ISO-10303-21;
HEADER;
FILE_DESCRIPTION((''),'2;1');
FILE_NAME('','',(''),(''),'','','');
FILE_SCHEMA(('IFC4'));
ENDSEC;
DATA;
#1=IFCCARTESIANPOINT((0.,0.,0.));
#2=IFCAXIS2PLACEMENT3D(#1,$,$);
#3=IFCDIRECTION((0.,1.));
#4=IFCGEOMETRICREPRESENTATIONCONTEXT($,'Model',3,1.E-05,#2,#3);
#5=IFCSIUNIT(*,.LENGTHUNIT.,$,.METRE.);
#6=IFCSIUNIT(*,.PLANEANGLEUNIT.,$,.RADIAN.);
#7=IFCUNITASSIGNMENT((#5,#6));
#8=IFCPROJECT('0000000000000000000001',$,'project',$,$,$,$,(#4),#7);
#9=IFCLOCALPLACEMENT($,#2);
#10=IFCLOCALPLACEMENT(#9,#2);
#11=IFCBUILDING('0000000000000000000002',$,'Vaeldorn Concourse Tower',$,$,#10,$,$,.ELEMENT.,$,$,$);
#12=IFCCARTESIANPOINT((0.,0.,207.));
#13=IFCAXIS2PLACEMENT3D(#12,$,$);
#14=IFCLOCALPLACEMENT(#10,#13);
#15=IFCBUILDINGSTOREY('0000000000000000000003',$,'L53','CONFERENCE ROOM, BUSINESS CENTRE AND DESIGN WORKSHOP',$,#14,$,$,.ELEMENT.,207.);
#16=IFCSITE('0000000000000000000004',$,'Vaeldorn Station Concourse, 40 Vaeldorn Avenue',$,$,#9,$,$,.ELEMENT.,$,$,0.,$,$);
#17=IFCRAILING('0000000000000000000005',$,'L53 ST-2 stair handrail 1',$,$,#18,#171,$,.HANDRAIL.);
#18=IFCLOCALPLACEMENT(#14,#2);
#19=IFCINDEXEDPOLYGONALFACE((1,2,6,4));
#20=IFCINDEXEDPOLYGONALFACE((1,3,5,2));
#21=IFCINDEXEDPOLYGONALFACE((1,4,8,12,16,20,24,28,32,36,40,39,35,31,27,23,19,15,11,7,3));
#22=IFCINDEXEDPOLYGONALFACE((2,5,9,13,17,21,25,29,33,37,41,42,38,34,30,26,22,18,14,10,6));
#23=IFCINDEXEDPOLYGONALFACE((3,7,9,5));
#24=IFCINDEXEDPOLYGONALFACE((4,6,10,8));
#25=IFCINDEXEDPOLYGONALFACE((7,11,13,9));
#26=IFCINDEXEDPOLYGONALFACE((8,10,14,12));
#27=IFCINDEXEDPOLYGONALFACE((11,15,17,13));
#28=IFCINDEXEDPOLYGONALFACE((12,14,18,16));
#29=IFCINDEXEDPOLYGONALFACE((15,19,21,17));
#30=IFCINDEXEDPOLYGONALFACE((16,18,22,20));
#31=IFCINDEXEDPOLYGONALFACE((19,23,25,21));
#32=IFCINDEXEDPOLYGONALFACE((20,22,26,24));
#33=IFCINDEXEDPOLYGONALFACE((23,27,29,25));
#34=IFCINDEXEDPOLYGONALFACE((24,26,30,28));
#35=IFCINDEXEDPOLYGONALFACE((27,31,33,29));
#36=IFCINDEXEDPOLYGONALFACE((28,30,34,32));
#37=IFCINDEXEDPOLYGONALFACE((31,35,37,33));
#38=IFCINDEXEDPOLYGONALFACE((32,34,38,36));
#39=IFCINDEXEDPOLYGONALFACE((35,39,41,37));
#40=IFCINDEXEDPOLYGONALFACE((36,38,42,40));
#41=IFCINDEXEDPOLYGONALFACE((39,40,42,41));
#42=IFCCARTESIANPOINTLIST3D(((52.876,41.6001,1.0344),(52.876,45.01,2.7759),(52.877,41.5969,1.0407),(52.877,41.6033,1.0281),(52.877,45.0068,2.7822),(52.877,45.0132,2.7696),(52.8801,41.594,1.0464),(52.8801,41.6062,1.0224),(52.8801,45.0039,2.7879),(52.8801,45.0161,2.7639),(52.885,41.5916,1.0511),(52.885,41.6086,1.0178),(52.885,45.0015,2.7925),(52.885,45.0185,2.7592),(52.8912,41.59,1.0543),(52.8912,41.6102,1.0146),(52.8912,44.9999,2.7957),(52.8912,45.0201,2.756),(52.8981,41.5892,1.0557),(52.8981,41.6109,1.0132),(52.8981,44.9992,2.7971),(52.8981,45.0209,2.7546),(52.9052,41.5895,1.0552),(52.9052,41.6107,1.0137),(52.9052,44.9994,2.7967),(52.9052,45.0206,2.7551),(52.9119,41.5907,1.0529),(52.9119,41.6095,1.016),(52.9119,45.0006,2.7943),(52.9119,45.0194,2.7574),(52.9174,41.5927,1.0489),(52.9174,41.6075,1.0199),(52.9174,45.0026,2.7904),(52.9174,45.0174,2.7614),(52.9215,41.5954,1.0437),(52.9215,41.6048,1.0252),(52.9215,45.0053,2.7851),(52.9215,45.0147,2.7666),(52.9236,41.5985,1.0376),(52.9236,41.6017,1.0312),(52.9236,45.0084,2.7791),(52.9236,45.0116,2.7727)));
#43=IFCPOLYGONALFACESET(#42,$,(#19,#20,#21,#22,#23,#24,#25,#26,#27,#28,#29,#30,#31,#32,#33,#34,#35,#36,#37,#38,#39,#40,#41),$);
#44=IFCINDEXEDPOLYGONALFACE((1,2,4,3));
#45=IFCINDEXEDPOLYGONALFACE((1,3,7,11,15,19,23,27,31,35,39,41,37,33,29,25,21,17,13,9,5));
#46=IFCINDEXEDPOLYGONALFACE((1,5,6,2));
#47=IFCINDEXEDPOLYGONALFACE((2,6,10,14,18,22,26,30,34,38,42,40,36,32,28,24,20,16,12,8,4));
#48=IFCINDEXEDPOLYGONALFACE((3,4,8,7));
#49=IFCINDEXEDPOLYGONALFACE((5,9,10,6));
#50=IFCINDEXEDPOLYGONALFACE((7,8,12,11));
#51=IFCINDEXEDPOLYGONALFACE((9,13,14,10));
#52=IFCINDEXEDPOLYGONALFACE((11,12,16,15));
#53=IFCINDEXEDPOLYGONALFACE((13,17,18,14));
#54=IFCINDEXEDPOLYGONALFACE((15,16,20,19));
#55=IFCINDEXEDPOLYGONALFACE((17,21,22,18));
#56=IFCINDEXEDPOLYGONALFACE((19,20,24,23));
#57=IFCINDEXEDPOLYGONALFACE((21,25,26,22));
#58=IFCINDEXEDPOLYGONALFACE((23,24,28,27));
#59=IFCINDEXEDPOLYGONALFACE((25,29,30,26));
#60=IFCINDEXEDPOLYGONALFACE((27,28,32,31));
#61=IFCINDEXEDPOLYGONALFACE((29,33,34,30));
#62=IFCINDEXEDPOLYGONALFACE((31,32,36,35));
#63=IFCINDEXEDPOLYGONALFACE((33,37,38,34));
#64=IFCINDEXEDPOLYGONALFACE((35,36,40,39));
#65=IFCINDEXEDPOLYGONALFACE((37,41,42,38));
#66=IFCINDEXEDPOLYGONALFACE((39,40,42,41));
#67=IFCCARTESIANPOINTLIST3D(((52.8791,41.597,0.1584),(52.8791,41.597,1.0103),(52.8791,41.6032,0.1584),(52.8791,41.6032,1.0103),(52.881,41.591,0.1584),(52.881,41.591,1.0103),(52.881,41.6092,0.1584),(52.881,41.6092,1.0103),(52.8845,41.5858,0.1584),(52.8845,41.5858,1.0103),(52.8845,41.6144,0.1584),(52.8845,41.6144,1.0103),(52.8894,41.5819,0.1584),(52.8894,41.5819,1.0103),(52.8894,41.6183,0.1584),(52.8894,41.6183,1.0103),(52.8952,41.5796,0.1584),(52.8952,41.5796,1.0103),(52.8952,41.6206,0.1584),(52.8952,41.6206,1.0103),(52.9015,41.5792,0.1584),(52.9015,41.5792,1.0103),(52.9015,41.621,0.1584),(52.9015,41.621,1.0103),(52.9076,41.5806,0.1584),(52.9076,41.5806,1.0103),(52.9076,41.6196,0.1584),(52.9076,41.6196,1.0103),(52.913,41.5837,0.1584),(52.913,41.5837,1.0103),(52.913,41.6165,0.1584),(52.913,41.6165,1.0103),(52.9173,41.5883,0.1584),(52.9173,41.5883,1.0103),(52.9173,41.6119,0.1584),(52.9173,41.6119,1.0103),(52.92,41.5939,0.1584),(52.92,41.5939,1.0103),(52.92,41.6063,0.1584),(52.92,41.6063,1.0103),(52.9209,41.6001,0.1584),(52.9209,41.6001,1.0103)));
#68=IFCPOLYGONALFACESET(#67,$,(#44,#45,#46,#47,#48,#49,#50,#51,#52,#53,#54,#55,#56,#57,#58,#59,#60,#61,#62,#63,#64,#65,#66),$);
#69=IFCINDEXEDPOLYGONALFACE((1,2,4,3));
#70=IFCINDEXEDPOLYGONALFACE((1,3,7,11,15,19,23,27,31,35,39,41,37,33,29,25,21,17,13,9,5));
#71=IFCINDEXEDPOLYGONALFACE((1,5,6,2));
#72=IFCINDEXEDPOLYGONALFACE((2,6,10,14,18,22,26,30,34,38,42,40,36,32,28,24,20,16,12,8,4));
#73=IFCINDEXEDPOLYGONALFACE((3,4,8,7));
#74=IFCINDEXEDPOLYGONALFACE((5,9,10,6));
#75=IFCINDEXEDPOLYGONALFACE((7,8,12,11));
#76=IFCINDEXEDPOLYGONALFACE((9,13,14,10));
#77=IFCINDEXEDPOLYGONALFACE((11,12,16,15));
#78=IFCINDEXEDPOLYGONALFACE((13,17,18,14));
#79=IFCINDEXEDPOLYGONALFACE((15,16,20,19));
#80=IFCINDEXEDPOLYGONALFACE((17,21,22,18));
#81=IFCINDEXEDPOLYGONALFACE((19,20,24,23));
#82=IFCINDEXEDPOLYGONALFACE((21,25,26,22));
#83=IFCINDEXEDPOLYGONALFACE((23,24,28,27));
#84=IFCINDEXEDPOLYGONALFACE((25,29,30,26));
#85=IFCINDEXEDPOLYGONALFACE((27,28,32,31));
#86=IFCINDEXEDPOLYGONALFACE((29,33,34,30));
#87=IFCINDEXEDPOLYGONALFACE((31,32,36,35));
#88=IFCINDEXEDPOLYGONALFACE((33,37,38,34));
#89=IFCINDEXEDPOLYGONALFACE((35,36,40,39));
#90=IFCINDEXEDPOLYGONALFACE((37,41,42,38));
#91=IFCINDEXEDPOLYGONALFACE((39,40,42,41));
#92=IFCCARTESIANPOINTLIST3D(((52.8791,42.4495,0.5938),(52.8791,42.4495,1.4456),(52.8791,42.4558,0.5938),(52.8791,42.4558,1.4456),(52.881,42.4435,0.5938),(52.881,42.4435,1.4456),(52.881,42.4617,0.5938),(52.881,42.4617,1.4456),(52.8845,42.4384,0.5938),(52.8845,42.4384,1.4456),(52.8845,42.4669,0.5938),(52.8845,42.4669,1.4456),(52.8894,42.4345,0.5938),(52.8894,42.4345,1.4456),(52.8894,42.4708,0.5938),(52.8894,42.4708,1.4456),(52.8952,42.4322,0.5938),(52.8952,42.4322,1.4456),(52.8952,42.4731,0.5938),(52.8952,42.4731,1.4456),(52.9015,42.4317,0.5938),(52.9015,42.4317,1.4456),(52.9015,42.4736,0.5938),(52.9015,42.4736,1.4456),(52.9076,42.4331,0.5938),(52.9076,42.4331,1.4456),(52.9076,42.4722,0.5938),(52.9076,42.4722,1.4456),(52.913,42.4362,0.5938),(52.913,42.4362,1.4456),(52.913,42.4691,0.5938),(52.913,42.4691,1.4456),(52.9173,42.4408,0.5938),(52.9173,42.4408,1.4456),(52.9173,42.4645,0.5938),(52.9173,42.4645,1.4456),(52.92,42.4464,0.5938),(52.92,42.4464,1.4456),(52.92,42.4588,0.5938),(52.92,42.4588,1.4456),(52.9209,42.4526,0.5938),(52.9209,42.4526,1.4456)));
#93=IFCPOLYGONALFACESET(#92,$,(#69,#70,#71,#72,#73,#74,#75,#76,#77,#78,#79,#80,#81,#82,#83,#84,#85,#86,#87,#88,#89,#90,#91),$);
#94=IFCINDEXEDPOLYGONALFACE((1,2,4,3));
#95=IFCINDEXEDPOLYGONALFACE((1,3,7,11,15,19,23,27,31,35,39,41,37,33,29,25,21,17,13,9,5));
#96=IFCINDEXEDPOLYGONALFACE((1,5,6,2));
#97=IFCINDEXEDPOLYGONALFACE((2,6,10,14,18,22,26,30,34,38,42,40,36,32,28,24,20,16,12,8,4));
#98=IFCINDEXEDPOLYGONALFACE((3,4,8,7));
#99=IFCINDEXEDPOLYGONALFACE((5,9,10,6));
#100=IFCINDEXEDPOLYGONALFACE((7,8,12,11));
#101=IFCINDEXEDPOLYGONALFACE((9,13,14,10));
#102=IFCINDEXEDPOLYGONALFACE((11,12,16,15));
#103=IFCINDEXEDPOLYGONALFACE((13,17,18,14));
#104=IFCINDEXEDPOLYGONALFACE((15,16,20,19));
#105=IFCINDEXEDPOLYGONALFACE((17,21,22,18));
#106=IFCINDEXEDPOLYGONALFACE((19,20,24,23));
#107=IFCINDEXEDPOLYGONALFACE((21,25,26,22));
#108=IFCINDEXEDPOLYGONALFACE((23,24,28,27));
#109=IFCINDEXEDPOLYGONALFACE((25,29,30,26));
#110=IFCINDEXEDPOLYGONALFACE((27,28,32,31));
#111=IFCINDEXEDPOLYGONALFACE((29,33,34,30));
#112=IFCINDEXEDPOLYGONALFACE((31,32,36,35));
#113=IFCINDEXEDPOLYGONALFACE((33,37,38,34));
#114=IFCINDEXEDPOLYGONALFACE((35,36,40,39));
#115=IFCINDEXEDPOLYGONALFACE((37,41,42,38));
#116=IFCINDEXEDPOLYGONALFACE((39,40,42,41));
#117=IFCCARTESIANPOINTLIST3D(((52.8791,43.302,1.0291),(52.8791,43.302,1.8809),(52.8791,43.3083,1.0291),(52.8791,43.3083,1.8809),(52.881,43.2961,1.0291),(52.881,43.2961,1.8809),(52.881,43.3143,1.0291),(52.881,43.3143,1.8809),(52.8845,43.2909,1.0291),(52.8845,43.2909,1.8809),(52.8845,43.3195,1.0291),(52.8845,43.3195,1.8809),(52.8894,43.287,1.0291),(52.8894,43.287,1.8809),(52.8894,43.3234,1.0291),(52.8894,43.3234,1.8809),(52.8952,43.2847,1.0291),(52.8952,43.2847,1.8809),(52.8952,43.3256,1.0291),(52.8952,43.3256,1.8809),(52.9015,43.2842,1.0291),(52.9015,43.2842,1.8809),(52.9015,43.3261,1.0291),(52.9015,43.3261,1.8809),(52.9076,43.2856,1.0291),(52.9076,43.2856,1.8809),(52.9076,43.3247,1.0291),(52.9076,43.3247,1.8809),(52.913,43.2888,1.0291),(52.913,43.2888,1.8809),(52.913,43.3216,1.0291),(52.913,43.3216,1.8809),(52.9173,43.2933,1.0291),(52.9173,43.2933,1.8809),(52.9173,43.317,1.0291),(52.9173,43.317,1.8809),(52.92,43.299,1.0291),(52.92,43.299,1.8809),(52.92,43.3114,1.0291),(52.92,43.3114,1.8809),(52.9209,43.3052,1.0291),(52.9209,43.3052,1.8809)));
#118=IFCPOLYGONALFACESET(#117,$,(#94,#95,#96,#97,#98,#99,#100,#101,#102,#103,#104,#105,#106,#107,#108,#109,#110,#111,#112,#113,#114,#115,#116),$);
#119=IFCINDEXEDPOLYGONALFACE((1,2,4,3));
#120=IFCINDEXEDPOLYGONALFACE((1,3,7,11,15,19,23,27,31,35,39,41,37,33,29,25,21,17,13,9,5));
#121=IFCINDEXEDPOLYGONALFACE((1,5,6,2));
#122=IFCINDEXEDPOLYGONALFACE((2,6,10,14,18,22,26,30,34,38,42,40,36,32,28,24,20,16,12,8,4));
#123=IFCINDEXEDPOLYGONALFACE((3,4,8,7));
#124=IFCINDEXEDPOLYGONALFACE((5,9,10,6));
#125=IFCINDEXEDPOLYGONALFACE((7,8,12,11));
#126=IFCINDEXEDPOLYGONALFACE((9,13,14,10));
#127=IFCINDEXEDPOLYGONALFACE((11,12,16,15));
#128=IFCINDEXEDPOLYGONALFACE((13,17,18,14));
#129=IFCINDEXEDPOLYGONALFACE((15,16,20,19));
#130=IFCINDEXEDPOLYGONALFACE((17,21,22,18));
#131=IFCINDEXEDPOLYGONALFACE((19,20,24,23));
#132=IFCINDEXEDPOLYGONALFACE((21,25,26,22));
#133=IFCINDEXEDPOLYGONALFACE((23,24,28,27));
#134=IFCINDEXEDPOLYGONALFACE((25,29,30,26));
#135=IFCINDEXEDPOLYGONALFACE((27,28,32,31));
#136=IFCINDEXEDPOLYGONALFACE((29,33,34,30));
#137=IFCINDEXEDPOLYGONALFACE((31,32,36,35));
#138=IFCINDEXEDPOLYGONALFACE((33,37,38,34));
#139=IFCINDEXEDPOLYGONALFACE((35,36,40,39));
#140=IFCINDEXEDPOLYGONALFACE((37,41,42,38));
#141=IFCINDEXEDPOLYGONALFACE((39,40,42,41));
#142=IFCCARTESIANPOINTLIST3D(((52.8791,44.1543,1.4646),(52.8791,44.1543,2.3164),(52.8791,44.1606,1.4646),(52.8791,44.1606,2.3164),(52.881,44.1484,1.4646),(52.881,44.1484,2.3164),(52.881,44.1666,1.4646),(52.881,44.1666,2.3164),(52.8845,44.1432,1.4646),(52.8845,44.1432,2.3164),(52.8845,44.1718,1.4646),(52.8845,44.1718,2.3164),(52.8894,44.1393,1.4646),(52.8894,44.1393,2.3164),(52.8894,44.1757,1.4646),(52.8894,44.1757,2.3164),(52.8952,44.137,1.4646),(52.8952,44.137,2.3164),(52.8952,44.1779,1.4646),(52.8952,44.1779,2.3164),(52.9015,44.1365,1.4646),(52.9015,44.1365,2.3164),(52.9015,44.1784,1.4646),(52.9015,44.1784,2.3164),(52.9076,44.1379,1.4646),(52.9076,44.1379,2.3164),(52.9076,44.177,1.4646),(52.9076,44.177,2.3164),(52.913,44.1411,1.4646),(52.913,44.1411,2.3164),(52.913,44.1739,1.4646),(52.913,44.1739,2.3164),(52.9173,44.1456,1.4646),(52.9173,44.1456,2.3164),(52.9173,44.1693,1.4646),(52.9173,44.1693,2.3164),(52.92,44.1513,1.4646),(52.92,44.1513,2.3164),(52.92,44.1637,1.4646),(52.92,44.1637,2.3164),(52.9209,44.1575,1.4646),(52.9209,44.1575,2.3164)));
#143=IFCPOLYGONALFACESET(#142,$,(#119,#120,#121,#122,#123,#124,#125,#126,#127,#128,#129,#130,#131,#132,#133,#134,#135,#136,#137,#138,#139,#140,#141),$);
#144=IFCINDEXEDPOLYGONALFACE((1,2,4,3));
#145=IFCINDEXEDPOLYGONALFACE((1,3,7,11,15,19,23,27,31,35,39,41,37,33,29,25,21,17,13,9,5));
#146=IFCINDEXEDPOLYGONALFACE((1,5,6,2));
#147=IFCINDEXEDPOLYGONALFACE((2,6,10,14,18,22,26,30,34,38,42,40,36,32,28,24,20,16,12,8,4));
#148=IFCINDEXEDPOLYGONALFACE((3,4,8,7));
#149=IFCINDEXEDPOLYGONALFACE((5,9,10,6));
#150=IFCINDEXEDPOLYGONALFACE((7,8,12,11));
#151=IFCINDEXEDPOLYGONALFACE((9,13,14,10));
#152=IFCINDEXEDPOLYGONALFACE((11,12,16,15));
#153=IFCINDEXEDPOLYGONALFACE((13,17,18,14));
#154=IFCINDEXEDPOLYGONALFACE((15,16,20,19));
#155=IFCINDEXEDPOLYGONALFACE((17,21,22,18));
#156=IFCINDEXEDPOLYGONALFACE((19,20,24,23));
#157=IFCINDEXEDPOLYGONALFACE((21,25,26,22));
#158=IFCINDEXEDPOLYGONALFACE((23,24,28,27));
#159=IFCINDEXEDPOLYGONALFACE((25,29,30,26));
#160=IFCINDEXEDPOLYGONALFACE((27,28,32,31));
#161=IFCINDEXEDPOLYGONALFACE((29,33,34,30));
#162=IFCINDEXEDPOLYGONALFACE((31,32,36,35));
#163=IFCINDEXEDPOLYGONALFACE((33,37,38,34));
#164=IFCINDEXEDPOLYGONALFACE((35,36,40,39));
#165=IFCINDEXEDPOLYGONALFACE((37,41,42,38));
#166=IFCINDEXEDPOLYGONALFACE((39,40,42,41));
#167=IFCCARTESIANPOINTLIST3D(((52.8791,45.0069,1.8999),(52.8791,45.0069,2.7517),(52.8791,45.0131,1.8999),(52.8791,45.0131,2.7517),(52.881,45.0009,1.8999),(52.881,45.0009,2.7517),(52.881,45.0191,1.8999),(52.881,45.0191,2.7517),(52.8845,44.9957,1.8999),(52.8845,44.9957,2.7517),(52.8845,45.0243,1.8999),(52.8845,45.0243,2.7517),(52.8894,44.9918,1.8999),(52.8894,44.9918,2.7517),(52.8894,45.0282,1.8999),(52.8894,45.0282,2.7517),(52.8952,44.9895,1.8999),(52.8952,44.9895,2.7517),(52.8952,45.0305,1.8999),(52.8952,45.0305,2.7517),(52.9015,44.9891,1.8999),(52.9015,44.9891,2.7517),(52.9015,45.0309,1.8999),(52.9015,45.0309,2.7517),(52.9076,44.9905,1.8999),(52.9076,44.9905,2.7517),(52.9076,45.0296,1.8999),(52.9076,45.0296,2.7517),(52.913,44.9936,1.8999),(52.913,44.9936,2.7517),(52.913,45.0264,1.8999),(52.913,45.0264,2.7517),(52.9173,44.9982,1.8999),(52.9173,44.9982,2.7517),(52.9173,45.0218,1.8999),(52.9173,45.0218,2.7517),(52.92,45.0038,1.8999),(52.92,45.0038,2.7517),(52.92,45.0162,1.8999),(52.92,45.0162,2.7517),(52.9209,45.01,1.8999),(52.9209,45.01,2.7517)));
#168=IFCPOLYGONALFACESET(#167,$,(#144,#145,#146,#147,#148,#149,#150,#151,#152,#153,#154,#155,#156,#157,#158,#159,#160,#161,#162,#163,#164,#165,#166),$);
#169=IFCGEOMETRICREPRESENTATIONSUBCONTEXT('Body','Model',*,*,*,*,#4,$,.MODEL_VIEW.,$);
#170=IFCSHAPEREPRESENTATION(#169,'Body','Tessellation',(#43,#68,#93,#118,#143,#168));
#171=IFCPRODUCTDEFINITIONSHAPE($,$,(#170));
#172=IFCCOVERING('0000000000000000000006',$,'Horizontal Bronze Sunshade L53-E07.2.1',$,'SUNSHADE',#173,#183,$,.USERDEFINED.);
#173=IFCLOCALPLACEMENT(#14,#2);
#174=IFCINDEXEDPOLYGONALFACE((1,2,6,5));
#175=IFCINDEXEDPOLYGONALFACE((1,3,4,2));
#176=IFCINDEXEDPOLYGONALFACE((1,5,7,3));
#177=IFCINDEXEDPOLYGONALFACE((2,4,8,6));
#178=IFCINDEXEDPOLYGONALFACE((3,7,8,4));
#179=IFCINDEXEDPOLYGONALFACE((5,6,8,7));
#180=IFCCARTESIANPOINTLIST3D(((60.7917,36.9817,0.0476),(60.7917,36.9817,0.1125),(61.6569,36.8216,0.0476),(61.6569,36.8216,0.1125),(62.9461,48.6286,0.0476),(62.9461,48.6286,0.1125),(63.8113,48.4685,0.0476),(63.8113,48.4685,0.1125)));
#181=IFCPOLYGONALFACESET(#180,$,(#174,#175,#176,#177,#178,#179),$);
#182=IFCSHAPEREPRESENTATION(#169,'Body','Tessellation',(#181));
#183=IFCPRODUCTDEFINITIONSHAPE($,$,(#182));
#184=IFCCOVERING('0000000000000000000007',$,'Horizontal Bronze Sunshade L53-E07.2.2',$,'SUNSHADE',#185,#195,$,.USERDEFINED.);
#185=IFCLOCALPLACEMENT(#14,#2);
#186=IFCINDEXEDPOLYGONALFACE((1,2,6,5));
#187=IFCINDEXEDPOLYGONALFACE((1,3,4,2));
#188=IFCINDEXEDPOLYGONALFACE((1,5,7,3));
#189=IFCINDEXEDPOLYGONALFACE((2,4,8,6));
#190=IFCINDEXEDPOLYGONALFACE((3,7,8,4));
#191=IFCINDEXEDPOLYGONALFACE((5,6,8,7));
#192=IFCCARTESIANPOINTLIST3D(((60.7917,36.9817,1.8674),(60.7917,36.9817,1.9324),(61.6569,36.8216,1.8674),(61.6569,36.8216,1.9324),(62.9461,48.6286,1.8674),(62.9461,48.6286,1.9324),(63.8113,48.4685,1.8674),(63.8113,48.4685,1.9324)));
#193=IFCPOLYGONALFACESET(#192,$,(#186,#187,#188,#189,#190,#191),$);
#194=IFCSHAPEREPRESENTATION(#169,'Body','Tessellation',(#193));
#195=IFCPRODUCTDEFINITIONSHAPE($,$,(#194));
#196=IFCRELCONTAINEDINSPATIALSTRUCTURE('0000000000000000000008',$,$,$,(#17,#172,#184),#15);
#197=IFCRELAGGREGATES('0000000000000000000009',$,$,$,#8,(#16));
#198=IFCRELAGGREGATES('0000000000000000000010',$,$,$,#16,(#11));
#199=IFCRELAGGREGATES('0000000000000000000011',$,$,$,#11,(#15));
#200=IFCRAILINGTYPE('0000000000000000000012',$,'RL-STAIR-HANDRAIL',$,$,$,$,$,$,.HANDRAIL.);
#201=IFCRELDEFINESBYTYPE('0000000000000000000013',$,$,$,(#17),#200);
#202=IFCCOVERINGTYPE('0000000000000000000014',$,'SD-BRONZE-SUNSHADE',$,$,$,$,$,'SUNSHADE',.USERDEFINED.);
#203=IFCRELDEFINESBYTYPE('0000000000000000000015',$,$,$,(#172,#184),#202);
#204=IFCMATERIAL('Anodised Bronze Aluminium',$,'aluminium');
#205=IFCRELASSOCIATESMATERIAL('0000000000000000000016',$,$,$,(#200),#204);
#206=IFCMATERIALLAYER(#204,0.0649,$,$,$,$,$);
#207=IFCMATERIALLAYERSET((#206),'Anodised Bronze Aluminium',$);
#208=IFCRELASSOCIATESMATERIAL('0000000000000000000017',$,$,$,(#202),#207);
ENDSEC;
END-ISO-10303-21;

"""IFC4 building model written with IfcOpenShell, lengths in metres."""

from ifc_helpers import new_model, si_unit, direction, frame, origin, origin_2d, place, context, subcontext, project, spatial, rectangle, circle, extrude, source, transform, mapped, material, layer, layer_set, type_object, element, save


model = new_model("IFC4")

# Units and contexts
model_context = context("Model", 3, precision=1e-05, world=origin(), true_north=direction((0.0, 1.0)))
body_context = subcontext(model_context, "Body", "Model", "MODEL_VIEW")
ifc_project = project(units=[si_unit("LENGTHUNIT", "METRE"), si_unit("PLANEANGLEUNIT", "RADIAN")], contexts=[model_context])

# Site, building, storey
site_placement = place(None, origin())
site = spatial("IfcSite", under=ifc_project, at=site_placement, Name="Vaeldorn Station Concourse, 40 Vaeldorn Avenue", CompositionType="ELEMENT", RefElevation=0.0)
building_placement = place(site_placement, origin())
building = spatial("IfcBuilding", under=site, at=building_placement, Name="Vaeldorn Concourse Tower", CompositionType="ELEMENT")
storey_placement = place(building_placement, frame((0.0, 0.0, 207.0)))
storey = spatial("IfcBuildingStorey", under=building, at=storey_placement, Name="L53", Description="CONFERENCE ROOM, BUSINESS CENTRE AND DESIGN WORKSHOP", CompositionType="ELEMENT", Elevation=207.0)

# Shared definitions
ifc_material_1 = material(Name="Anodised Bronze Aluminium", Category="aluminium")

# Railing
railing_type_1 = type_object("IfcRailingType", Name="RL-STAIR-HANDRAIL", PredefinedType="HANDRAIL", material=ifc_material_1)
railing_1_placement = place(storey_placement, frame((52.8999, 41.6001, 0.1584)))
element("IfcRailing", 1, at=railing_1_placement, inside=storey, type_object=railing_type_1, Name="L53 ST-2 stair handrail 1", PredefinedType="HANDRAIL", context=body_context, shape_type="SweptSolid", body=[
    extrude(circle(Radius=0.0239, at=origin_2d()), frame((0.0, 0.0, 0.876), z_axis=(0.0, 0.890582, 0.454823), x_axis=(-1.0, 0.0, 0.0)), (0.0, 0.0, 1.0), 3.8289),
    extrude(circle(Radius=0.021, at=origin_2d()), origin(), (0.0, 0.0, 1.0), 0.8518),
    extrude(circle(Radius=0.021, at=origin_2d()), frame((0.0, 0.8525, 0.4353)), (0.0, 0.0, 1.0), 0.8518),
    extrude(circle(Radius=0.021, at=origin_2d()), frame((0.0, 1.7051, 0.8706)), (0.0, 0.0, 1.0), 0.8518),
    extrude(circle(Radius=0.021, at=origin_2d()), frame((0.0, 2.5574, 1.3062)), (0.0, 0.0, 1.0), 0.8518),
    extrude(circle(Radius=0.021, at=origin_2d()), frame((0.0, 3.4099, 1.7415)), (0.0, 0.0, 1.0), 0.8518),
])

# Coverings
ifc_layer_1 = layer(ifc_material_1, 0.0649)
ifc_layer_set_1 = layer_set([ifc_layer_1], Name="Anodised Bronze Aluminium")
covering_type = type_object("IfcCoveringType", Name="SD-BRONZE-SUNSHADE", ElementType="SUNSHADE", PredefinedType="USERDEFINED", material=ifc_layer_set_1)
shared_shape_1 = source(origin(), body_context, "Body", "SweptSolid", [
    extrude(rectangle(XDim=11.8445, YDim=0.8799, at=origin_2d()), origin(), (0.0, 0.0, 1.0), 0.0649),
])
for number, where, z_axis, x_axis, name in (
    (2, (62.3015, 42.7251, 0.0476), (0.0, 0.0, 1.0), (0.181892, 0.983318, 0.0), "Horizontal Bronze Sunshade L53-E07.2.1"),
    (3, (62.3015, 42.7251, 1.8674), (0.0, 0.0, 1.0), (0.181892, 0.983318, 0.0), "Horizontal Bronze Sunshade L53-E07.2.2"),
):
    element("IfcCovering", number, at=place(storey_placement, frame(where, z_axis=z_axis, x_axis=x_axis)), inside=storey, type_object=covering_type, Name=name, ObjectType="SUNSHADE", PredefinedType="USERDEFINED", context=body_context, shape_type="MappedRepresentation", body=[
        mapped(shared_shape_1, transform((0.0, 0.0, 0.0), scale=1.0)),
    ])

save(model, "model.ifc")
